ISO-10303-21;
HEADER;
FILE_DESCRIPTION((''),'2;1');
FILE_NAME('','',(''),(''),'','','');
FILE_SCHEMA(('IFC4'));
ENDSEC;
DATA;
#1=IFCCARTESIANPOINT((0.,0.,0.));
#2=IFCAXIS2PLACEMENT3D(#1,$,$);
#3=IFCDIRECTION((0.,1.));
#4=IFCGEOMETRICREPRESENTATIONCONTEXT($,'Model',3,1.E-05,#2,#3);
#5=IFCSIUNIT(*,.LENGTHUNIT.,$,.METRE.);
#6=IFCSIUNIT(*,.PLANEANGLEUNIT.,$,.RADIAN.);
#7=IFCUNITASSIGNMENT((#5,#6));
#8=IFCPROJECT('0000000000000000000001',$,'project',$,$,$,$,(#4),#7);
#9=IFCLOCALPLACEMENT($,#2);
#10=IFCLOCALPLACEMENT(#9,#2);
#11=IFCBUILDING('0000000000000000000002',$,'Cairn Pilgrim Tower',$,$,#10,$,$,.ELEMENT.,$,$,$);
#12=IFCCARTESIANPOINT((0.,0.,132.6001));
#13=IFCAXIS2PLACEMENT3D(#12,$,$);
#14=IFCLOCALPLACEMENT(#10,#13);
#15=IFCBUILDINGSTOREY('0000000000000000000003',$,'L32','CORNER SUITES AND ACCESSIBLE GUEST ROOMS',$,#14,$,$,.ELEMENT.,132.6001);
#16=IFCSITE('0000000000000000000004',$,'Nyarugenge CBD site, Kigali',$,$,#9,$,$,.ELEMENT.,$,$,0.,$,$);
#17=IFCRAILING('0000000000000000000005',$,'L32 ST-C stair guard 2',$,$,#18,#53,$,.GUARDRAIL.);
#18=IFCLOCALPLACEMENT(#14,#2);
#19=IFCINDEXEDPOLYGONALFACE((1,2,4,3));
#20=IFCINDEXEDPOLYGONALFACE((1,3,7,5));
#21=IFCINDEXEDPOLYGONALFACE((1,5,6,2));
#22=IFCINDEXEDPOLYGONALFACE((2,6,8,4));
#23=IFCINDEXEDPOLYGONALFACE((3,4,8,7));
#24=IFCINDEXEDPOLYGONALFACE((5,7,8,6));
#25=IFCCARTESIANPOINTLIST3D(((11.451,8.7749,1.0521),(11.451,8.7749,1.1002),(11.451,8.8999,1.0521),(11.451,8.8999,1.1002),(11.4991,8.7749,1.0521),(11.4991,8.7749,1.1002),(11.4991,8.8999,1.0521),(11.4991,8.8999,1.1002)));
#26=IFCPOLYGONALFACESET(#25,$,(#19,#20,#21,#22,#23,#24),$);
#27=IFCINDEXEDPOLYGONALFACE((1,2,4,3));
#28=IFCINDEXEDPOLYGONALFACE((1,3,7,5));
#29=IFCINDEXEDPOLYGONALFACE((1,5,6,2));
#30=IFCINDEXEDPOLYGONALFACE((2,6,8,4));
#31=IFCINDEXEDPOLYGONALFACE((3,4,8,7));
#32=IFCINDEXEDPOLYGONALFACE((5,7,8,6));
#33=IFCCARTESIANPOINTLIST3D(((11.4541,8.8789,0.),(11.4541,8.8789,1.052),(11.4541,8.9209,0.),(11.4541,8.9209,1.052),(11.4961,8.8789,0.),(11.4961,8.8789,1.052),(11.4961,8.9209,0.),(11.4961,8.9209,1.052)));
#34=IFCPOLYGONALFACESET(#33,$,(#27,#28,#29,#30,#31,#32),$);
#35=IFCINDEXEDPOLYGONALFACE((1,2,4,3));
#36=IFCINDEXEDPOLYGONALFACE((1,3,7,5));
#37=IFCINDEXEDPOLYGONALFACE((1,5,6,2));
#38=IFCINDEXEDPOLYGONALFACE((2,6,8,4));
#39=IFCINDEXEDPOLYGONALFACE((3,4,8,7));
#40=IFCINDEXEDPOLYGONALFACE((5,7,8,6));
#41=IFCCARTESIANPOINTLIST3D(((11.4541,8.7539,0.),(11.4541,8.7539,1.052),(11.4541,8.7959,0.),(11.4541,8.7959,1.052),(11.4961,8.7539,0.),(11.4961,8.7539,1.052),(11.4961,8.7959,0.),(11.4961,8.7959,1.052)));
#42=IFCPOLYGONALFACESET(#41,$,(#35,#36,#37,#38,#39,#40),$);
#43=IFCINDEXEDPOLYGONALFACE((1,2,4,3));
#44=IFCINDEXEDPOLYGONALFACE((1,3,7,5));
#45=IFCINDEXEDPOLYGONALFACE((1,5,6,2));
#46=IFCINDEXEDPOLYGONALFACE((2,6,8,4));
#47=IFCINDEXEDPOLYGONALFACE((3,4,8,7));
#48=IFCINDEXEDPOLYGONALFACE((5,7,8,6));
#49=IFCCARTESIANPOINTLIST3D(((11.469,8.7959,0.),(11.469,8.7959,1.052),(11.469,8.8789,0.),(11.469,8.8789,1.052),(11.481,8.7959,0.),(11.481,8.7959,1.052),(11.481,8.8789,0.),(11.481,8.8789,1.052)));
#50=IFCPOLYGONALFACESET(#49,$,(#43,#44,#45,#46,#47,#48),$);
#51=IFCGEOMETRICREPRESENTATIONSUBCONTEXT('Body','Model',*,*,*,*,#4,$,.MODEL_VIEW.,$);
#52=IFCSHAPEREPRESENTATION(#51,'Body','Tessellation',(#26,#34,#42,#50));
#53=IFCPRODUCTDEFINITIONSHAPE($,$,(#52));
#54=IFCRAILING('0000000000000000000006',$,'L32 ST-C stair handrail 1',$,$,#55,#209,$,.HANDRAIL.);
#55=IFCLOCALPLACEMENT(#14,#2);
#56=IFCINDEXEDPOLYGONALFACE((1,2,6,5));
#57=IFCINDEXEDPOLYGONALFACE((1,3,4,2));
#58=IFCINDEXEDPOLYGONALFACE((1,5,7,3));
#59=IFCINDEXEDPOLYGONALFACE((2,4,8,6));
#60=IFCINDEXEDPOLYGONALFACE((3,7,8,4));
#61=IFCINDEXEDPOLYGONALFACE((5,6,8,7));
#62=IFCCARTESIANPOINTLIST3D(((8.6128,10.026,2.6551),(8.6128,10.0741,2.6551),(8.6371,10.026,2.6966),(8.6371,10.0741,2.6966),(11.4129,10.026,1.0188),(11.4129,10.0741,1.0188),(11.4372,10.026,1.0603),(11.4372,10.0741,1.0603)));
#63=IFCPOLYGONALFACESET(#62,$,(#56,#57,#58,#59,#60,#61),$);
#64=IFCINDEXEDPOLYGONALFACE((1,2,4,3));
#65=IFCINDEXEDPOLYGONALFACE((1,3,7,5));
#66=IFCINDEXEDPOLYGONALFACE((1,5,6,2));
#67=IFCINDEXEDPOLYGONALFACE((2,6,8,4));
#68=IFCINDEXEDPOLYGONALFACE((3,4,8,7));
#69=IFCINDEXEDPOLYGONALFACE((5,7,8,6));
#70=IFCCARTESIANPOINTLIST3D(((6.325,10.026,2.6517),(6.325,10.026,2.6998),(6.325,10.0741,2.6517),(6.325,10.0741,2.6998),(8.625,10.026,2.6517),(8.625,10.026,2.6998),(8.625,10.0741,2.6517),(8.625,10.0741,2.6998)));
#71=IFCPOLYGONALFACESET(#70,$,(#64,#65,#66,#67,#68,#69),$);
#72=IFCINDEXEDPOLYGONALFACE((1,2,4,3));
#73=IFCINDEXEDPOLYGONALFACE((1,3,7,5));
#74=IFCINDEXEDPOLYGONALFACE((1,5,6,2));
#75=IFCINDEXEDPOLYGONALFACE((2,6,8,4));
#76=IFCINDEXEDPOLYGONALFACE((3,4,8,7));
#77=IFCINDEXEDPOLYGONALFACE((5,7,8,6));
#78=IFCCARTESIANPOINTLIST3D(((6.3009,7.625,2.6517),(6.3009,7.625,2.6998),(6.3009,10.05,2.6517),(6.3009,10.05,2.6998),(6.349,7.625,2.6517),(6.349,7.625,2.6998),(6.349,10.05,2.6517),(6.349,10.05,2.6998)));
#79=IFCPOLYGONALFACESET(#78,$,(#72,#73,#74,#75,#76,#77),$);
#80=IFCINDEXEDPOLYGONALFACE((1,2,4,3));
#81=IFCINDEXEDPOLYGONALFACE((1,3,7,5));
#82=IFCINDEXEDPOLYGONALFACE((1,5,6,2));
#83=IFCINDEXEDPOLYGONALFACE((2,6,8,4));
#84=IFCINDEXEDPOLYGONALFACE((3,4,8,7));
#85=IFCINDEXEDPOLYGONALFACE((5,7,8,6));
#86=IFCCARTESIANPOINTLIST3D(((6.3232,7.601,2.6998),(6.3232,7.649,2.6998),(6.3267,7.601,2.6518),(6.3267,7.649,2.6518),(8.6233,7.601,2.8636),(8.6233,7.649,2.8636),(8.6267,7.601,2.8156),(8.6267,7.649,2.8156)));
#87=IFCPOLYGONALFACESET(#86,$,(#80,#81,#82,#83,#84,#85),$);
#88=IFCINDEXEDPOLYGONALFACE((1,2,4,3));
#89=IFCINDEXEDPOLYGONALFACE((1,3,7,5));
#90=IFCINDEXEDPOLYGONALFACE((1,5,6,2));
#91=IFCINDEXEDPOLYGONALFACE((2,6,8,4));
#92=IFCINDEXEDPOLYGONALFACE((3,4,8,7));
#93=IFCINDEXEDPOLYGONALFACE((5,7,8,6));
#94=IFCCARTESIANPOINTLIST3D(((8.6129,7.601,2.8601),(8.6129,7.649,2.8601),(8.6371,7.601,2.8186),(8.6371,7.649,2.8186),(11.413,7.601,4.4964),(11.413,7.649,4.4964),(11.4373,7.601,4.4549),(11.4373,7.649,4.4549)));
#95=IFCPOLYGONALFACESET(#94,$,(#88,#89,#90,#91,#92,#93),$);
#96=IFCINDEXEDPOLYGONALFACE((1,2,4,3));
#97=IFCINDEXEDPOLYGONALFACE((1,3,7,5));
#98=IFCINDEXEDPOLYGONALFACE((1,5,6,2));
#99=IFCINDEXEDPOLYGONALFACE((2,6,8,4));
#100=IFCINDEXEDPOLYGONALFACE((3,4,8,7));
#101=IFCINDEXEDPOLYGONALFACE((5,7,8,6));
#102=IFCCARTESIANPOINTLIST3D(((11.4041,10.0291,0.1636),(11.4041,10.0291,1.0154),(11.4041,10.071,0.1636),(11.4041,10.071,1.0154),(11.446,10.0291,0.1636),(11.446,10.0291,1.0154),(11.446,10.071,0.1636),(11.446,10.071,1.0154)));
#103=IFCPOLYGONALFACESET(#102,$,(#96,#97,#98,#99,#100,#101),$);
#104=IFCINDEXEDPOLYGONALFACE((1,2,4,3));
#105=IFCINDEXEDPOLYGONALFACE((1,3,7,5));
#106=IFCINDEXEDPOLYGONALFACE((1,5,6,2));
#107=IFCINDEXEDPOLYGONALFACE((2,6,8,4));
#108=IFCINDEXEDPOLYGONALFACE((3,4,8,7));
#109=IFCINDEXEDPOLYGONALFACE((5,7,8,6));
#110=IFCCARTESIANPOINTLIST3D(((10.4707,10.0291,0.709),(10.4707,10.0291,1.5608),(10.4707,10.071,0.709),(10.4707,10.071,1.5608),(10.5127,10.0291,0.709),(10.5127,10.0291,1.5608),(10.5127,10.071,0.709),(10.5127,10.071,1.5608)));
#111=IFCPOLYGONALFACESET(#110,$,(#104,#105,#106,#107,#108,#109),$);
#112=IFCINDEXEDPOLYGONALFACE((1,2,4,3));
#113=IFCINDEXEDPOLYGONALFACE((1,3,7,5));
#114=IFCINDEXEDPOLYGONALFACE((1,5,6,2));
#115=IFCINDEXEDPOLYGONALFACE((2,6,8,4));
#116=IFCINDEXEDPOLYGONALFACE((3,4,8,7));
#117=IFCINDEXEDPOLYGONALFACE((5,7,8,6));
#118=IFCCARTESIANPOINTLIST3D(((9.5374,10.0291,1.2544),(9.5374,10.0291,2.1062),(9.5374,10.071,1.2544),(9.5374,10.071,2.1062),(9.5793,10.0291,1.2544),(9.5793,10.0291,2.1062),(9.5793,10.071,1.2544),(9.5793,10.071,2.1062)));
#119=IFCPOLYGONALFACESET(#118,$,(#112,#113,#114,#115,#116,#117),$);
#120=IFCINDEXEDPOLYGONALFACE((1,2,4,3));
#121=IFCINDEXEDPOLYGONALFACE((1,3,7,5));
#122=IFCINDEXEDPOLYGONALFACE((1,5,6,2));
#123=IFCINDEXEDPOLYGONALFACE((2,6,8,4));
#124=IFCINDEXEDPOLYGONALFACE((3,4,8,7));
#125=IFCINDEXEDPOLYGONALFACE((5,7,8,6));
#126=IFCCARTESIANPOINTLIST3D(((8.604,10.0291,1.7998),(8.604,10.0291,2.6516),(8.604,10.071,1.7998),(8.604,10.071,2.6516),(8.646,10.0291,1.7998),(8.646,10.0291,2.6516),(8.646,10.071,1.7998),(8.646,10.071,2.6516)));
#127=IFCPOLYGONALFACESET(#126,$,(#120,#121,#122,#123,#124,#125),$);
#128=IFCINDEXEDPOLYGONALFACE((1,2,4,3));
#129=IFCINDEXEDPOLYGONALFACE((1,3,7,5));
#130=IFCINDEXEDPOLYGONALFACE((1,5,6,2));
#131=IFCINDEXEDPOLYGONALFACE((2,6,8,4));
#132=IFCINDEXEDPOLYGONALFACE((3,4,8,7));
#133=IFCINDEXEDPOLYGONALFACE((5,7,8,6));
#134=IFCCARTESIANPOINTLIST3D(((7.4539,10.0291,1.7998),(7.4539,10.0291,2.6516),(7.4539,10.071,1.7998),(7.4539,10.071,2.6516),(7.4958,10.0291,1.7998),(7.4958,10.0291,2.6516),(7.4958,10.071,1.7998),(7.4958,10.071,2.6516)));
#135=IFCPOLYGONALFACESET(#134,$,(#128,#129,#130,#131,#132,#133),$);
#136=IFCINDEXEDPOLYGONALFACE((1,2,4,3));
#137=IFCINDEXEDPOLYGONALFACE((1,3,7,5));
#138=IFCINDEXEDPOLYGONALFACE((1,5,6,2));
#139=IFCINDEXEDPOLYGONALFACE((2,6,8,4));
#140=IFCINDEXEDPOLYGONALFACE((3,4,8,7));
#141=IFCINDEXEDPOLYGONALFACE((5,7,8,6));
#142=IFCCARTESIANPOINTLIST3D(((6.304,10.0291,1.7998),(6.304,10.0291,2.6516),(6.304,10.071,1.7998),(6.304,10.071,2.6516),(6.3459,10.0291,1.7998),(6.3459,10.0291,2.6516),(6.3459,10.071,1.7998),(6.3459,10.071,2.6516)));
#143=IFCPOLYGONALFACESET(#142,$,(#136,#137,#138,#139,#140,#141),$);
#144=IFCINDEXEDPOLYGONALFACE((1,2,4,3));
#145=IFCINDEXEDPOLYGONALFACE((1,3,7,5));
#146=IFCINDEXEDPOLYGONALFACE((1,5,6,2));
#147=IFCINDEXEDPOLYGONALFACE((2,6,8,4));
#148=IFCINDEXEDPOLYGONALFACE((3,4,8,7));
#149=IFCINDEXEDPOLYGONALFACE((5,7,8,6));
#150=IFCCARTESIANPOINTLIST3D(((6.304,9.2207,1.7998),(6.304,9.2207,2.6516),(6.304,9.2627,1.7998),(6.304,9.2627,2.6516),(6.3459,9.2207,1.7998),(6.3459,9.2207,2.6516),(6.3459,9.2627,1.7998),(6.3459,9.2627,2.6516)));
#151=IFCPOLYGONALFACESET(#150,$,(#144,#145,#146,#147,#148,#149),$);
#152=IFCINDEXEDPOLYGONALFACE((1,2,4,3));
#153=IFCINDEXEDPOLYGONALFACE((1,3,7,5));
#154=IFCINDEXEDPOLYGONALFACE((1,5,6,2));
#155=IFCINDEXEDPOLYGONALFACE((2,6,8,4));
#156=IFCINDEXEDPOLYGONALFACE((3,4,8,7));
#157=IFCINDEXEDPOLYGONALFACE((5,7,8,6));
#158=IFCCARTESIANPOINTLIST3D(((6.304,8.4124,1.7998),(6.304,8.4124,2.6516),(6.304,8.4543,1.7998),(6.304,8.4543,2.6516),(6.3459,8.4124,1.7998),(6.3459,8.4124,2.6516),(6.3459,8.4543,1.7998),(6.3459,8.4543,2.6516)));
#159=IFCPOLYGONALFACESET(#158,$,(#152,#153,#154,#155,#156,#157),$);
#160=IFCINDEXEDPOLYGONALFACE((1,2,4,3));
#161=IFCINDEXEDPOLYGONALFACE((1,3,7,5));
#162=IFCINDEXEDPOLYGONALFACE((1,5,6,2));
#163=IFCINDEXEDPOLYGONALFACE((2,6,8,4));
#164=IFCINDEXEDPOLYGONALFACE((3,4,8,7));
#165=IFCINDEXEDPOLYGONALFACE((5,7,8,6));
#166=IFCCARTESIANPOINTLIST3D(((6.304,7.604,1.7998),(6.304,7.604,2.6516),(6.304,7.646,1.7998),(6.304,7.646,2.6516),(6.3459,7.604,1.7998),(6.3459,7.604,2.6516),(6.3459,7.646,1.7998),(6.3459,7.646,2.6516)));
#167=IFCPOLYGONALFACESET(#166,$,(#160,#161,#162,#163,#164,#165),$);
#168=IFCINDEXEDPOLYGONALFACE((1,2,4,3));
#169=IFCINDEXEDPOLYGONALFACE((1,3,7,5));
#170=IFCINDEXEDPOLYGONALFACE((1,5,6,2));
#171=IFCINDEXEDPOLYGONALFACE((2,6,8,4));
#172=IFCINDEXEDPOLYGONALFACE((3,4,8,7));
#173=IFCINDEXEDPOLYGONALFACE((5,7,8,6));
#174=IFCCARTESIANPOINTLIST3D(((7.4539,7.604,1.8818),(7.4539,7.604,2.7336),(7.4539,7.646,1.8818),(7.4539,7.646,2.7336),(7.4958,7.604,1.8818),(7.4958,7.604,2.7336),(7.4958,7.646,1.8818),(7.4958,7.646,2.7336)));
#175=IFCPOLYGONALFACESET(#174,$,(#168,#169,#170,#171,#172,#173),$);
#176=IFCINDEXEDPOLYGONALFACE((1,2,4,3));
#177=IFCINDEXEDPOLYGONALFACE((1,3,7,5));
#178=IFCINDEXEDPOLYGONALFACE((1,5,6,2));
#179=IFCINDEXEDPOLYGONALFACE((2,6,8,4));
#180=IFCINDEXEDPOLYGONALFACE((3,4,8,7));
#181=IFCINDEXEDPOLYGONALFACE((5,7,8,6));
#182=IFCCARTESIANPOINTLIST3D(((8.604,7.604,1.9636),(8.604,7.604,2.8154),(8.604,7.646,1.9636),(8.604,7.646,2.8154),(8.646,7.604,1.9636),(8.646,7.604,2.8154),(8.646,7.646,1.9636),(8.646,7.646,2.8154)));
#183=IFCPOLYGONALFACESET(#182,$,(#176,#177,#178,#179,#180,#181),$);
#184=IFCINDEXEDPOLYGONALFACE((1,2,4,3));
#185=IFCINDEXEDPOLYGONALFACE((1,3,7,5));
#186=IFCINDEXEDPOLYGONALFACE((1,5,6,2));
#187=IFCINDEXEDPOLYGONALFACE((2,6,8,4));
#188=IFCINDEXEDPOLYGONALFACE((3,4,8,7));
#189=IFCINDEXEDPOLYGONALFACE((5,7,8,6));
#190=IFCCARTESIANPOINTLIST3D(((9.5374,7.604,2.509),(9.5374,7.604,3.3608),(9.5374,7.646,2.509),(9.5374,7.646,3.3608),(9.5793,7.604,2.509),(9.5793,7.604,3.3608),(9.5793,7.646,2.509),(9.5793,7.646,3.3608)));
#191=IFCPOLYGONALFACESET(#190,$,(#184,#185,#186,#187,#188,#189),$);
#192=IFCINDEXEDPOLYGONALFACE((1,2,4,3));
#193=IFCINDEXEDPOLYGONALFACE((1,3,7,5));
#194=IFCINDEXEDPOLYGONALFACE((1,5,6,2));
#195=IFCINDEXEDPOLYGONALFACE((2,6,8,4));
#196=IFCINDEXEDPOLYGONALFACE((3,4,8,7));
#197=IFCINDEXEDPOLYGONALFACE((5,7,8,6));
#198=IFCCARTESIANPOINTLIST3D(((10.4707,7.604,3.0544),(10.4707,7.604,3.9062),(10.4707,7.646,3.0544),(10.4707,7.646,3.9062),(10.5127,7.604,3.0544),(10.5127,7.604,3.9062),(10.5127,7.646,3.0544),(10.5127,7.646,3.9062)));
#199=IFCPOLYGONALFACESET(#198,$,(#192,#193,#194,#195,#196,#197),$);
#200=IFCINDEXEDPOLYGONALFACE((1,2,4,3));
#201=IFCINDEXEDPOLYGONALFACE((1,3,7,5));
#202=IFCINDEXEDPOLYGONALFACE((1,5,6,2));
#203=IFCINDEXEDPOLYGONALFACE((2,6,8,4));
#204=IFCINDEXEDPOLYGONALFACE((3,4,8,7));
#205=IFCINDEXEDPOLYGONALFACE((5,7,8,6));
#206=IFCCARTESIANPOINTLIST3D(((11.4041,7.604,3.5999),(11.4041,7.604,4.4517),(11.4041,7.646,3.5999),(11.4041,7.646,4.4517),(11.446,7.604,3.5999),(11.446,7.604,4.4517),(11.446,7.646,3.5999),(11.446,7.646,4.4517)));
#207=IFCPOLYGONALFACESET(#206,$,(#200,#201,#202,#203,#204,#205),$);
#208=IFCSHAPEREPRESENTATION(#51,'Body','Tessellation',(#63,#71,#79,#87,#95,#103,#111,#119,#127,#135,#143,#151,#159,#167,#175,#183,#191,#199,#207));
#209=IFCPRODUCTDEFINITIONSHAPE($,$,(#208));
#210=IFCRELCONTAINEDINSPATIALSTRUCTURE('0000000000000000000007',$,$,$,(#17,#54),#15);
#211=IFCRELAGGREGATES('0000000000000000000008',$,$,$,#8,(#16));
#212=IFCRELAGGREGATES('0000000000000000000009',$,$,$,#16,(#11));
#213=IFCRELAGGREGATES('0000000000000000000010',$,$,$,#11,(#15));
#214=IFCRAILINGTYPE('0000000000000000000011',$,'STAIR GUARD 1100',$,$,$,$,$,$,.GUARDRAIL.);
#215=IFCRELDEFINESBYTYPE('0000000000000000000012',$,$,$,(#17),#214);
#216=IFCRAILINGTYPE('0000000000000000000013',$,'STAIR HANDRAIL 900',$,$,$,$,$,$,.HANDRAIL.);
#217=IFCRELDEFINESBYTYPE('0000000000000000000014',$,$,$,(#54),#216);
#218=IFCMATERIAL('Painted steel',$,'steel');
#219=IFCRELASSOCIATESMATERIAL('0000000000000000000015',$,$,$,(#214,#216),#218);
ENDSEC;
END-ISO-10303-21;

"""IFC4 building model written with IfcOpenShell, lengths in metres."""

from ifc_helpers import new_model, si_unit, direction, frame, origin, origin_2d, place, context, subcontext, project, spatial, polyline, rectangle, outline, extrude, material, type_object, element, save


model = new_model("IFC4")

# Units and contexts
model_context = context("Model", 3, precision=1e-05, world=origin(), true_north=direction((0.0, 1.0)))
body_context = subcontext(model_context, "Body", "Model", "MODEL_VIEW")
ifc_project = project(units=[si_unit("LENGTHUNIT", "METRE"), si_unit("PLANEANGLEUNIT", "RADIAN")], contexts=[model_context])

# Site, building, storey
site_placement = place(None, origin())
site = spatial("IfcSite", under=ifc_project, at=site_placement, Name="Nyarugenge CBD site, Kigali", CompositionType="ELEMENT", RefElevation=0.0)
building_placement = place(site_placement, origin())
building = spatial("IfcBuilding", under=site, at=building_placement, Name="Cairn Pilgrim Tower", CompositionType="ELEMENT")
storey_placement = place(building_placement, frame((0.0, 0.0, 132.6001)))
storey = spatial("IfcBuildingStorey", under=building, at=storey_placement, Name="L32", Description="CORNER SUITES AND ACCESSIBLE GUEST ROOMS", CompositionType="ELEMENT", Elevation=132.6001)

# Shared definitions
ifc_material_1 = material(Name="Painted steel", Category="steel")

# Railings
railing_type_1 = type_object("IfcRailingType", Name="STAIR GUARD 1100", PredefinedType="GUARDRAIL", material=ifc_material_1)
railing_1_placement = place(storey_placement, frame((11.4751, 8.8999, 0.0)))
element("IfcRailing", 1, at=railing_1_placement, inside=storey, type_object=railing_type_1, Name="L32 ST-C stair guard 2", PredefinedType="GUARDRAIL", context=body_context, shape_type="SweptSolid", body=[
    extrude(rectangle(XDim=0.0481, YDim=0.0481, at=origin_2d()), frame((0.0, 0.0, 1.0762), z_axis=(0.0, -1.0, 0.0), x_axis=(1.0, 0.0, 0.0)), (0.0, 0.0, 1.0), 0.125),
    extrude(rectangle(XDim=0.042, YDim=0.042, at=origin_2d()), origin(), (0.0, 0.0, 1.0), 1.052),
    extrude(rectangle(XDim=0.042, YDim=0.042, at=origin_2d()), frame((0.0, -0.125, 0.0)), (0.0, 0.0, 1.0), 1.052),
    extrude(outline(polyline([(0.021, 0.0), (0.104, 0.0), (0.104, 1.052), (0.021, 1.052), (0.021, 0.0)])), frame((0.0059, 0.0, 0.0), z_axis=(-1.0, 0.0, 0.0), x_axis=(0.0, -1.0, 0.0)), (0.0, 0.0, 1.0), 0.012),
])
railing_type_2 = type_object("IfcRailingType", Name="STAIR HANDRAIL 900", PredefinedType="HANDRAIL", material=ifc_material_1)
railing_2_placement = place(storey_placement, frame((11.425, 10.05, 0.1636)))
element("IfcRailing", 2, at=railing_2_placement, inside=storey, type_object=railing_type_2, Name="L32 ST-C stair handrail 1", PredefinedType="HANDRAIL", context=body_context, shape_type="SweptSolid", body=[
    extrude(rectangle(XDim=0.0481, YDim=0.0481, at=origin_2d()), frame((0.0, 0.0, 0.876), z_axis=(-0.863394, 0.0, 0.504531), x_axis=(0.0, -1.0, 0.0)), (0.0, 0.0, 1.0), 3.2432),
    extrude(rectangle(XDim=0.0481, YDim=0.0481, at=origin_2d()), frame((-2.8, 0.0, 2.5122), z_axis=(-1.0, 0.0, 0.0), x_axis=(0.0, -1.0, 0.0)), (0.0, 0.0, 1.0), 2.3),
    extrude(rectangle(XDim=0.0481, YDim=0.0481, at=origin_2d()), frame((-5.1001, 0.0, 2.5122), z_axis=(0.0, -1.0, 0.0), x_axis=(1.0, 0.0, 0.0)), (0.0, 0.0, 1.0), 2.425),
    extrude(rectangle(XDim=0.0481, YDim=0.0481, at=origin_2d()), frame((-5.1001, -2.425, 2.5122), z_axis=(0.997473, 0.0, 0.071044), x_axis=(0.0, 1.0, 0.0)), (0.0, 0.0, 1.0), 2.3059),
    extrude(rectangle(XDim=0.0481, YDim=0.0481, at=origin_2d()), frame((-2.8, -2.425, 2.6758), z_axis=(0.863394, 0.0, 0.504531), x_axis=(0.0, 1.0, 0.0)), (0.0, 0.0, 1.0), 3.2432),
    extrude(rectangle(XDim=0.042, YDim=0.042, at=origin_2d()), origin(), (0.0, 0.0, 1.0), 0.8518),
    extrude(rectangle(XDim=0.042, YDim=0.042, at=origin_2d()), frame((-0.9333, 0.0, 0.5454)), (0.0, 0.0, 1.0), 0.8518),
    extrude(rectangle(XDim=0.042, YDim=0.042, at=origin_2d()), frame((-1.8667, 0.0, 1.0908)), (0.0, 0.0, 1.0), 0.8518),
    extrude(rectangle(XDim=0.042, YDim=0.042, at=origin_2d()), frame((-2.8, 0.0, 1.6362)), (0.0, 0.0, 1.0), 0.8518),
    extrude(rectangle(XDim=0.042, YDim=0.042, at=origin_2d()), frame((-3.9502, 0.0, 1.6362)), (0.0, 0.0, 1.0), 0.8518),
    extrude(rectangle(XDim=0.042, YDim=0.042, at=origin_2d()), frame((-5.1001, 0.0, 1.6362)), (0.0, 0.0, 1.0), 0.8518),
    extrude(rectangle(XDim=0.042, YDim=0.042, at=origin_2d()), frame((-5.1001, -0.8083, 1.6362)), (0.0, 0.0, 1.0), 0.8518),
    extrude(rectangle(XDim=0.042, YDim=0.042, at=origin_2d()), frame((-5.1001, -1.6167, 1.6362)), (0.0, 0.0, 1.0), 0.8518),
    extrude(rectangle(XDim=0.042, YDim=0.042, at=origin_2d()), frame((-5.1001, -2.425, 1.6362)), (0.0, 0.0, 1.0), 0.8518),
    extrude(rectangle(XDim=0.042, YDim=0.042, at=origin_2d()), frame((-3.9502, -2.425, 1.7183)), (0.0, 0.0, 1.0), 0.8518),
    extrude(rectangle(XDim=0.042, YDim=0.042, at=origin_2d()), frame((-2.8, -2.425, 1.8)), (0.0, 0.0, 1.0), 0.8518),
    extrude(rectangle(XDim=0.042, YDim=0.042, at=origin_2d()), frame((-1.8667, -2.425, 2.3455)), (0.0, 0.0, 1.0), 0.8518),
    extrude(rectangle(XDim=0.042, YDim=0.042, at=origin_2d()), frame((-0.9333, -2.425, 2.8909)), (0.0, 0.0, 1.0), 0.8518),
    extrude(rectangle(XDim=0.042, YDim=0.042, at=origin_2d()), frame((0.0, -2.425, 3.4363)), (0.0, 0.0, 1.0), 0.8518),
])

save(model, "model.ifc")
